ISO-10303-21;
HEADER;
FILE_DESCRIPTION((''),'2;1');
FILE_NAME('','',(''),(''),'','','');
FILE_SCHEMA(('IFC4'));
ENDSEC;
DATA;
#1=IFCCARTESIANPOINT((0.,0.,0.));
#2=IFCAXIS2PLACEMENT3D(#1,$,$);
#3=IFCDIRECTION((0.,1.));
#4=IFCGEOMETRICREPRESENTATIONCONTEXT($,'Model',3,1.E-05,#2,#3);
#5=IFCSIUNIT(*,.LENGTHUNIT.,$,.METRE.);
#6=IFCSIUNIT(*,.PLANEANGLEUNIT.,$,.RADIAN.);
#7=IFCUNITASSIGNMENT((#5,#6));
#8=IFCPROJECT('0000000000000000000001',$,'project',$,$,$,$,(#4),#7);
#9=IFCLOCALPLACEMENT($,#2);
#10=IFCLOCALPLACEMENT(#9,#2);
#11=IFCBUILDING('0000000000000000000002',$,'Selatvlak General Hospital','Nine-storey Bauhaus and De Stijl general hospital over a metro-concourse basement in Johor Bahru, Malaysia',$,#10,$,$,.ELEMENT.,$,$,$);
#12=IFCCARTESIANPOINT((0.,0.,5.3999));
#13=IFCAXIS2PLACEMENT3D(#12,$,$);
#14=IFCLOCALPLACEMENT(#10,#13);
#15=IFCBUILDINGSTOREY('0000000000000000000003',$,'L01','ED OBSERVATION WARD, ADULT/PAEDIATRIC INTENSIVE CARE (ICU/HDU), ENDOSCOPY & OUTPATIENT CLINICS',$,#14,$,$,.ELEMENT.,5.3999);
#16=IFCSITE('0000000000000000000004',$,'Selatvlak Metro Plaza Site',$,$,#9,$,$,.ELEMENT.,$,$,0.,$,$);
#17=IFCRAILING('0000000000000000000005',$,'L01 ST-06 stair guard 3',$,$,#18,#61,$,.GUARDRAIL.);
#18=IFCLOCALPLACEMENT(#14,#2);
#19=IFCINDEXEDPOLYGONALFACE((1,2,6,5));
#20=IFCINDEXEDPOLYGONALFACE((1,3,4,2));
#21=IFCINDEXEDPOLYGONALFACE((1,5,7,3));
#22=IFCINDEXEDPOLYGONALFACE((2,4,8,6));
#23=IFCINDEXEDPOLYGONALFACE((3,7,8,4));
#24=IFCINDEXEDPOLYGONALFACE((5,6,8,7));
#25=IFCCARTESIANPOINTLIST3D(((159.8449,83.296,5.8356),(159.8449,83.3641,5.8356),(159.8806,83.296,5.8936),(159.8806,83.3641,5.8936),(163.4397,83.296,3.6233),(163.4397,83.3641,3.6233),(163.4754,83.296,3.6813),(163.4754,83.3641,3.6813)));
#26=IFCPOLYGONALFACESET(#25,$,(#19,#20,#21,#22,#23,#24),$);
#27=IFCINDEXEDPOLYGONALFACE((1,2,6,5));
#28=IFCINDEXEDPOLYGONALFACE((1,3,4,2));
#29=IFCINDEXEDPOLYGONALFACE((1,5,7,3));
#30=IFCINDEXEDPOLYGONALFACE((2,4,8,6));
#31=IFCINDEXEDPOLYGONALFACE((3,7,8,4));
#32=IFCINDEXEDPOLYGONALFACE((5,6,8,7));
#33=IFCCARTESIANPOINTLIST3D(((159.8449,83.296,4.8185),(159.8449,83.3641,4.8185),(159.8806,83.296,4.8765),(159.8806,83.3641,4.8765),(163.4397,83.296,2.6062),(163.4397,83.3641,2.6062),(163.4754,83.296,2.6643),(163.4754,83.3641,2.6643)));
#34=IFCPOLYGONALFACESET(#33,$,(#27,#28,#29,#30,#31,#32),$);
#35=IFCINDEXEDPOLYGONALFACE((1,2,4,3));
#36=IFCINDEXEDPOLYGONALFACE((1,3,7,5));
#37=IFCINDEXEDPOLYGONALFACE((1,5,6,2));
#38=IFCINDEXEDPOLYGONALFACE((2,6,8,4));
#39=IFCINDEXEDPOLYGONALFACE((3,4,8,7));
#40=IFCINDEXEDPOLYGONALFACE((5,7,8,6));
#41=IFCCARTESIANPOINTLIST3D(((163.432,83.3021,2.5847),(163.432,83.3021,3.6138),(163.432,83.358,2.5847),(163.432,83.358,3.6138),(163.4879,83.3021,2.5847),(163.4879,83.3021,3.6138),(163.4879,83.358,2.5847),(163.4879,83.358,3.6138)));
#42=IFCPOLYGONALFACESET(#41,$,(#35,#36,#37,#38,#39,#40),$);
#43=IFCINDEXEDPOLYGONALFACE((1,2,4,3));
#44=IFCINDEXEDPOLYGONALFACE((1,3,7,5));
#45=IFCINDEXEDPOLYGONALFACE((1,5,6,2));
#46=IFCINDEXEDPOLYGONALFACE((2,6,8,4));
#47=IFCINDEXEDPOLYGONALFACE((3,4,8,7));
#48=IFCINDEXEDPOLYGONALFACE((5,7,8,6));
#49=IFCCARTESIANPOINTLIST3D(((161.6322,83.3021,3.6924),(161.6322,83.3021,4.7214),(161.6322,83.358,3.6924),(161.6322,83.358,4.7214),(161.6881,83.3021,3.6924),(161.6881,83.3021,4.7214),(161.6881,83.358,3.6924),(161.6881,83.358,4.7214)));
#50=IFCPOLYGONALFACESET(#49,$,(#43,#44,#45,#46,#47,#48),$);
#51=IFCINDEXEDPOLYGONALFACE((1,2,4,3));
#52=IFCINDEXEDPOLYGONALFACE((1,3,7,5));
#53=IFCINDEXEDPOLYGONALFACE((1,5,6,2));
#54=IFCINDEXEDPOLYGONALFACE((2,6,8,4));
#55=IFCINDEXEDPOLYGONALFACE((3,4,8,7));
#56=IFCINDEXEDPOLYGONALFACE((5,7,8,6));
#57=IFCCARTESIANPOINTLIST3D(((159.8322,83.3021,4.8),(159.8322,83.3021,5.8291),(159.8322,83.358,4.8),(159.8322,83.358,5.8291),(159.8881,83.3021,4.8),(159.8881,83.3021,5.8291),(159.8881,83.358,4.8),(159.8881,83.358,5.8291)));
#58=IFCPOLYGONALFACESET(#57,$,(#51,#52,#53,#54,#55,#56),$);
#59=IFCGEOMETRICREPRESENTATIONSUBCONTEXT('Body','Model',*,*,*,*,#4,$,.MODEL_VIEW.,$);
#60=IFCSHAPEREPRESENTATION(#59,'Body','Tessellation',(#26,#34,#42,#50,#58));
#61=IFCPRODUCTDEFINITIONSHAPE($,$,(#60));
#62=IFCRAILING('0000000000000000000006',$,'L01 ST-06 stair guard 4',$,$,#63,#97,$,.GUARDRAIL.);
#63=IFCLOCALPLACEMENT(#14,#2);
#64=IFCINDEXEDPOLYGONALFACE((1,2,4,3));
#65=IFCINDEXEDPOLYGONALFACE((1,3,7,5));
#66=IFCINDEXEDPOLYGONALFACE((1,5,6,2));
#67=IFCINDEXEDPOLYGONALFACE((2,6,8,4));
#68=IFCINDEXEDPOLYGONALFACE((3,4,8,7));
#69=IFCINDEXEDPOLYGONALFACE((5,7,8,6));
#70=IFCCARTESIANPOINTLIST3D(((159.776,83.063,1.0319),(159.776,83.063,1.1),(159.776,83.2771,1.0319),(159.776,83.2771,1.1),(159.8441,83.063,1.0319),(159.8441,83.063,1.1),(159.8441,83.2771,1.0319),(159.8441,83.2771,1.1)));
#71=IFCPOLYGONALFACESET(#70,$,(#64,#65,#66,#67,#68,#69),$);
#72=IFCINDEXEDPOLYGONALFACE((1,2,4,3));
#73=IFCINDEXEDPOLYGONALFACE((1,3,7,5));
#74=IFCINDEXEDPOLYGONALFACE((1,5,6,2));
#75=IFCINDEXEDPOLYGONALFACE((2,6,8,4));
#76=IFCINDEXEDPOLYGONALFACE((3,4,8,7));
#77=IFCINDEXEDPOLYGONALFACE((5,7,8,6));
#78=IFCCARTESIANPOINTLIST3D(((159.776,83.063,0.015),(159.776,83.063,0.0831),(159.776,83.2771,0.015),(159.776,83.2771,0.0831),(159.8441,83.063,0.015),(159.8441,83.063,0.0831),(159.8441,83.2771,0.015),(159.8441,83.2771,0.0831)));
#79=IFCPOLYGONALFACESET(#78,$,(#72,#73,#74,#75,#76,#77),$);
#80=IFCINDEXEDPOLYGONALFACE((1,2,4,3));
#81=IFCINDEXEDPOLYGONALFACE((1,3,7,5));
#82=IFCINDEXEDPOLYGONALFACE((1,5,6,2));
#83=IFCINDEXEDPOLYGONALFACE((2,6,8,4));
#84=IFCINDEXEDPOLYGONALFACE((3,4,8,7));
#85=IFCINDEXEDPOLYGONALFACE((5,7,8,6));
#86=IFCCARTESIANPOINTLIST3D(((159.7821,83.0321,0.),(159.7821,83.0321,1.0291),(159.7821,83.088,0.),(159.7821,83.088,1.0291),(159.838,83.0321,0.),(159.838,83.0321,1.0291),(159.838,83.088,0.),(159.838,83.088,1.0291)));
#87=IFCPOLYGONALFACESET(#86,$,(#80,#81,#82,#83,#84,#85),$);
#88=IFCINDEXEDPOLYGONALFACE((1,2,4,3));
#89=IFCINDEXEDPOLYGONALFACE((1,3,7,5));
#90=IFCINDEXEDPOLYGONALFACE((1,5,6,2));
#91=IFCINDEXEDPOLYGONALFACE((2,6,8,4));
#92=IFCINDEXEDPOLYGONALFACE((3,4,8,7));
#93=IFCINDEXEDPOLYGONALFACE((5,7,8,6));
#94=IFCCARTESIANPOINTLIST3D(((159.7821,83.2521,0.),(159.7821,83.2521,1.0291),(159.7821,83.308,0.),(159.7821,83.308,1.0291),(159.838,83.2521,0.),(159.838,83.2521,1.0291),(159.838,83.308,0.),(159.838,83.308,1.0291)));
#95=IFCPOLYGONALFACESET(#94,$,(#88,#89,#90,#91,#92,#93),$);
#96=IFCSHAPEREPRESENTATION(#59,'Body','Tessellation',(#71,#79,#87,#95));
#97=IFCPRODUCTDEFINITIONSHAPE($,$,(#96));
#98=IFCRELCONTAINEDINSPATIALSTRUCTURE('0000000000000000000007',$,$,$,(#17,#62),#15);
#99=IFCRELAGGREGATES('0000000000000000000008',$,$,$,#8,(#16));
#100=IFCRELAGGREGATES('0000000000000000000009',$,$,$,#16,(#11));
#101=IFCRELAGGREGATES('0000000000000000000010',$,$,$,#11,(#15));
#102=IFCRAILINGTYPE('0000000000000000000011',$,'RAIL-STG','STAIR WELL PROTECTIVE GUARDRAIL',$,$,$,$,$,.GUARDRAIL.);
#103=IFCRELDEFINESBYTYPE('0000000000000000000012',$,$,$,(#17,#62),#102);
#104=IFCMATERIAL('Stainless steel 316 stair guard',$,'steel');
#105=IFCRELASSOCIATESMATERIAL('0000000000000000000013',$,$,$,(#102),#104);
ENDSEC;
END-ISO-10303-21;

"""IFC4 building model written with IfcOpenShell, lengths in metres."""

from ifc_helpers import new_model, si_unit, direction, frame, origin, origin_2d, place, context, subcontext, project, spatial, rectangle, extrude, material, type_object, element, save


model = new_model("IFC4")

# Units and contexts
model_context = context("Model", 3, precision=1e-05, world=origin(), true_north=direction((0.0, 1.0)))
body_context = subcontext(model_context, "Body", "Model", "MODEL_VIEW")
ifc_project = project(units=[si_unit("LENGTHUNIT", "METRE"), si_unit("PLANEANGLEUNIT", "RADIAN")], contexts=[model_context])

# Site, building, storey
site_placement = place(None, origin())
site = spatial("IfcSite", under=ifc_project, at=site_placement, Name="Selatvlak Metro Plaza Site", CompositionType="ELEMENT", RefElevation=0.0)
building_placement = place(site_placement, origin())
building = spatial("IfcBuilding", under=site, at=building_placement, Name="Selatvlak General Hospital", Description="Nine-storey Bauhaus and De Stijl general hospital over a metro-concourse basement in Johor Bahru, Malaysia", CompositionType="ELEMENT")
storey_placement = place(building_placement, frame((0.0, 0.0, 5.3999)))
storey = spatial("IfcBuildingStorey", under=building, at=storey_placement, Name="L01", Description="ED OBSERVATION WARD, ADULT/PAEDIATRIC INTENSIVE CARE (ICU/HDU), ENDOSCOPY & OUTPATIENT CLINICS", CompositionType="ELEMENT", Elevation=5.3999)

# Railings
ifc_material_1 = material(Name="Stainless steel 316 stair guard", Category="steel")
railing_type_1 = type_object("IfcRailingType", Name="RAIL-STG", Description="STAIR WELL PROTECTIVE GUARDRAIL", PredefinedType="GUARDRAIL", material=ifc_material_1)
railing_1_placement = place(storey_placement, frame((163.46, 83.3301, 2.5847)))
element("IfcRailing", 1, at=railing_1_placement, inside=storey, type_object=railing_type_1, Name="L01 ST-06 stair guard 3", PredefinedType="GUARDRAIL", context=body_context, shape_type="SweptSolid", body=[
    extrude(rectangle(XDim=0.0681, YDim=0.0681, at=origin_2d()), frame((-0.0024, 0.0, 1.0676), z_axis=(-0.851654, 0.0, 0.524104), x_axis=(0.0, -1.0, 0.0)), (0.0, 0.0, 1.0), 4.2209),
    extrude(rectangle(XDim=0.0681, YDim=0.0681, at=origin_2d()), frame((-0.0024, 0.0, 0.0505), z_axis=(-0.851654, 0.0, 0.524104), x_axis=(0.0, -1.0, 0.0)), (0.0, 0.0, 1.0), 4.2209),
    extrude(rectangle(XDim=0.0559, YDim=0.0559, at=origin_2d()), origin(), (0.0, 0.0, 1.0), 1.0291),
    extrude(rectangle(XDim=0.0559, YDim=0.0559, at=origin_2d()), frame((-1.7998, 0.0, 1.1077)), (0.0, 0.0, 1.0), 1.0291),
    extrude(rectangle(XDim=0.0559, YDim=0.0559, at=origin_2d()), frame((-3.5999, 0.0, 2.2153)), (0.0, 0.0, 1.0), 1.0291),
])
railing_2_placement = place(storey_placement, frame((159.8101, 83.0601, 0.0)))
element("IfcRailing", 2, at=railing_2_placement, inside=storey, type_object=railing_type_1, Name="L01 ST-06 stair guard 4", PredefinedType="GUARDRAIL", context=body_context, shape_type="SweptSolid", body=[
    extrude(rectangle(XDim=0.0681, YDim=0.0681, at=origin_2d()), frame((0.0, 0.0029, 1.0659), z_axis=(0.0, 1.0, 0.0), x_axis=(-1.0, 0.0, 0.0)), (0.0, 0.0, 1.0), 0.2141),
    extrude(rectangle(XDim=0.0681, YDim=0.0681, at=origin_2d()), frame((0.0, 0.0029, 0.0491), z_axis=(0.0, 1.0, 0.0), x_axis=(-1.0, 0.0, 0.0)), (0.0, 0.0, 1.0), 0.2141),
    extrude(rectangle(XDim=0.0559, YDim=0.0559, at=origin_2d()), origin(), (0.0, 0.0, 1.0), 1.0291),
    extrude(rectangle(XDim=0.0559, YDim=0.0559, at=origin_2d()), frame((0.0, 0.22, 0.0)), (0.0, 0.0, 1.0), 1.0291),
])

save(model, "model.ifc")
